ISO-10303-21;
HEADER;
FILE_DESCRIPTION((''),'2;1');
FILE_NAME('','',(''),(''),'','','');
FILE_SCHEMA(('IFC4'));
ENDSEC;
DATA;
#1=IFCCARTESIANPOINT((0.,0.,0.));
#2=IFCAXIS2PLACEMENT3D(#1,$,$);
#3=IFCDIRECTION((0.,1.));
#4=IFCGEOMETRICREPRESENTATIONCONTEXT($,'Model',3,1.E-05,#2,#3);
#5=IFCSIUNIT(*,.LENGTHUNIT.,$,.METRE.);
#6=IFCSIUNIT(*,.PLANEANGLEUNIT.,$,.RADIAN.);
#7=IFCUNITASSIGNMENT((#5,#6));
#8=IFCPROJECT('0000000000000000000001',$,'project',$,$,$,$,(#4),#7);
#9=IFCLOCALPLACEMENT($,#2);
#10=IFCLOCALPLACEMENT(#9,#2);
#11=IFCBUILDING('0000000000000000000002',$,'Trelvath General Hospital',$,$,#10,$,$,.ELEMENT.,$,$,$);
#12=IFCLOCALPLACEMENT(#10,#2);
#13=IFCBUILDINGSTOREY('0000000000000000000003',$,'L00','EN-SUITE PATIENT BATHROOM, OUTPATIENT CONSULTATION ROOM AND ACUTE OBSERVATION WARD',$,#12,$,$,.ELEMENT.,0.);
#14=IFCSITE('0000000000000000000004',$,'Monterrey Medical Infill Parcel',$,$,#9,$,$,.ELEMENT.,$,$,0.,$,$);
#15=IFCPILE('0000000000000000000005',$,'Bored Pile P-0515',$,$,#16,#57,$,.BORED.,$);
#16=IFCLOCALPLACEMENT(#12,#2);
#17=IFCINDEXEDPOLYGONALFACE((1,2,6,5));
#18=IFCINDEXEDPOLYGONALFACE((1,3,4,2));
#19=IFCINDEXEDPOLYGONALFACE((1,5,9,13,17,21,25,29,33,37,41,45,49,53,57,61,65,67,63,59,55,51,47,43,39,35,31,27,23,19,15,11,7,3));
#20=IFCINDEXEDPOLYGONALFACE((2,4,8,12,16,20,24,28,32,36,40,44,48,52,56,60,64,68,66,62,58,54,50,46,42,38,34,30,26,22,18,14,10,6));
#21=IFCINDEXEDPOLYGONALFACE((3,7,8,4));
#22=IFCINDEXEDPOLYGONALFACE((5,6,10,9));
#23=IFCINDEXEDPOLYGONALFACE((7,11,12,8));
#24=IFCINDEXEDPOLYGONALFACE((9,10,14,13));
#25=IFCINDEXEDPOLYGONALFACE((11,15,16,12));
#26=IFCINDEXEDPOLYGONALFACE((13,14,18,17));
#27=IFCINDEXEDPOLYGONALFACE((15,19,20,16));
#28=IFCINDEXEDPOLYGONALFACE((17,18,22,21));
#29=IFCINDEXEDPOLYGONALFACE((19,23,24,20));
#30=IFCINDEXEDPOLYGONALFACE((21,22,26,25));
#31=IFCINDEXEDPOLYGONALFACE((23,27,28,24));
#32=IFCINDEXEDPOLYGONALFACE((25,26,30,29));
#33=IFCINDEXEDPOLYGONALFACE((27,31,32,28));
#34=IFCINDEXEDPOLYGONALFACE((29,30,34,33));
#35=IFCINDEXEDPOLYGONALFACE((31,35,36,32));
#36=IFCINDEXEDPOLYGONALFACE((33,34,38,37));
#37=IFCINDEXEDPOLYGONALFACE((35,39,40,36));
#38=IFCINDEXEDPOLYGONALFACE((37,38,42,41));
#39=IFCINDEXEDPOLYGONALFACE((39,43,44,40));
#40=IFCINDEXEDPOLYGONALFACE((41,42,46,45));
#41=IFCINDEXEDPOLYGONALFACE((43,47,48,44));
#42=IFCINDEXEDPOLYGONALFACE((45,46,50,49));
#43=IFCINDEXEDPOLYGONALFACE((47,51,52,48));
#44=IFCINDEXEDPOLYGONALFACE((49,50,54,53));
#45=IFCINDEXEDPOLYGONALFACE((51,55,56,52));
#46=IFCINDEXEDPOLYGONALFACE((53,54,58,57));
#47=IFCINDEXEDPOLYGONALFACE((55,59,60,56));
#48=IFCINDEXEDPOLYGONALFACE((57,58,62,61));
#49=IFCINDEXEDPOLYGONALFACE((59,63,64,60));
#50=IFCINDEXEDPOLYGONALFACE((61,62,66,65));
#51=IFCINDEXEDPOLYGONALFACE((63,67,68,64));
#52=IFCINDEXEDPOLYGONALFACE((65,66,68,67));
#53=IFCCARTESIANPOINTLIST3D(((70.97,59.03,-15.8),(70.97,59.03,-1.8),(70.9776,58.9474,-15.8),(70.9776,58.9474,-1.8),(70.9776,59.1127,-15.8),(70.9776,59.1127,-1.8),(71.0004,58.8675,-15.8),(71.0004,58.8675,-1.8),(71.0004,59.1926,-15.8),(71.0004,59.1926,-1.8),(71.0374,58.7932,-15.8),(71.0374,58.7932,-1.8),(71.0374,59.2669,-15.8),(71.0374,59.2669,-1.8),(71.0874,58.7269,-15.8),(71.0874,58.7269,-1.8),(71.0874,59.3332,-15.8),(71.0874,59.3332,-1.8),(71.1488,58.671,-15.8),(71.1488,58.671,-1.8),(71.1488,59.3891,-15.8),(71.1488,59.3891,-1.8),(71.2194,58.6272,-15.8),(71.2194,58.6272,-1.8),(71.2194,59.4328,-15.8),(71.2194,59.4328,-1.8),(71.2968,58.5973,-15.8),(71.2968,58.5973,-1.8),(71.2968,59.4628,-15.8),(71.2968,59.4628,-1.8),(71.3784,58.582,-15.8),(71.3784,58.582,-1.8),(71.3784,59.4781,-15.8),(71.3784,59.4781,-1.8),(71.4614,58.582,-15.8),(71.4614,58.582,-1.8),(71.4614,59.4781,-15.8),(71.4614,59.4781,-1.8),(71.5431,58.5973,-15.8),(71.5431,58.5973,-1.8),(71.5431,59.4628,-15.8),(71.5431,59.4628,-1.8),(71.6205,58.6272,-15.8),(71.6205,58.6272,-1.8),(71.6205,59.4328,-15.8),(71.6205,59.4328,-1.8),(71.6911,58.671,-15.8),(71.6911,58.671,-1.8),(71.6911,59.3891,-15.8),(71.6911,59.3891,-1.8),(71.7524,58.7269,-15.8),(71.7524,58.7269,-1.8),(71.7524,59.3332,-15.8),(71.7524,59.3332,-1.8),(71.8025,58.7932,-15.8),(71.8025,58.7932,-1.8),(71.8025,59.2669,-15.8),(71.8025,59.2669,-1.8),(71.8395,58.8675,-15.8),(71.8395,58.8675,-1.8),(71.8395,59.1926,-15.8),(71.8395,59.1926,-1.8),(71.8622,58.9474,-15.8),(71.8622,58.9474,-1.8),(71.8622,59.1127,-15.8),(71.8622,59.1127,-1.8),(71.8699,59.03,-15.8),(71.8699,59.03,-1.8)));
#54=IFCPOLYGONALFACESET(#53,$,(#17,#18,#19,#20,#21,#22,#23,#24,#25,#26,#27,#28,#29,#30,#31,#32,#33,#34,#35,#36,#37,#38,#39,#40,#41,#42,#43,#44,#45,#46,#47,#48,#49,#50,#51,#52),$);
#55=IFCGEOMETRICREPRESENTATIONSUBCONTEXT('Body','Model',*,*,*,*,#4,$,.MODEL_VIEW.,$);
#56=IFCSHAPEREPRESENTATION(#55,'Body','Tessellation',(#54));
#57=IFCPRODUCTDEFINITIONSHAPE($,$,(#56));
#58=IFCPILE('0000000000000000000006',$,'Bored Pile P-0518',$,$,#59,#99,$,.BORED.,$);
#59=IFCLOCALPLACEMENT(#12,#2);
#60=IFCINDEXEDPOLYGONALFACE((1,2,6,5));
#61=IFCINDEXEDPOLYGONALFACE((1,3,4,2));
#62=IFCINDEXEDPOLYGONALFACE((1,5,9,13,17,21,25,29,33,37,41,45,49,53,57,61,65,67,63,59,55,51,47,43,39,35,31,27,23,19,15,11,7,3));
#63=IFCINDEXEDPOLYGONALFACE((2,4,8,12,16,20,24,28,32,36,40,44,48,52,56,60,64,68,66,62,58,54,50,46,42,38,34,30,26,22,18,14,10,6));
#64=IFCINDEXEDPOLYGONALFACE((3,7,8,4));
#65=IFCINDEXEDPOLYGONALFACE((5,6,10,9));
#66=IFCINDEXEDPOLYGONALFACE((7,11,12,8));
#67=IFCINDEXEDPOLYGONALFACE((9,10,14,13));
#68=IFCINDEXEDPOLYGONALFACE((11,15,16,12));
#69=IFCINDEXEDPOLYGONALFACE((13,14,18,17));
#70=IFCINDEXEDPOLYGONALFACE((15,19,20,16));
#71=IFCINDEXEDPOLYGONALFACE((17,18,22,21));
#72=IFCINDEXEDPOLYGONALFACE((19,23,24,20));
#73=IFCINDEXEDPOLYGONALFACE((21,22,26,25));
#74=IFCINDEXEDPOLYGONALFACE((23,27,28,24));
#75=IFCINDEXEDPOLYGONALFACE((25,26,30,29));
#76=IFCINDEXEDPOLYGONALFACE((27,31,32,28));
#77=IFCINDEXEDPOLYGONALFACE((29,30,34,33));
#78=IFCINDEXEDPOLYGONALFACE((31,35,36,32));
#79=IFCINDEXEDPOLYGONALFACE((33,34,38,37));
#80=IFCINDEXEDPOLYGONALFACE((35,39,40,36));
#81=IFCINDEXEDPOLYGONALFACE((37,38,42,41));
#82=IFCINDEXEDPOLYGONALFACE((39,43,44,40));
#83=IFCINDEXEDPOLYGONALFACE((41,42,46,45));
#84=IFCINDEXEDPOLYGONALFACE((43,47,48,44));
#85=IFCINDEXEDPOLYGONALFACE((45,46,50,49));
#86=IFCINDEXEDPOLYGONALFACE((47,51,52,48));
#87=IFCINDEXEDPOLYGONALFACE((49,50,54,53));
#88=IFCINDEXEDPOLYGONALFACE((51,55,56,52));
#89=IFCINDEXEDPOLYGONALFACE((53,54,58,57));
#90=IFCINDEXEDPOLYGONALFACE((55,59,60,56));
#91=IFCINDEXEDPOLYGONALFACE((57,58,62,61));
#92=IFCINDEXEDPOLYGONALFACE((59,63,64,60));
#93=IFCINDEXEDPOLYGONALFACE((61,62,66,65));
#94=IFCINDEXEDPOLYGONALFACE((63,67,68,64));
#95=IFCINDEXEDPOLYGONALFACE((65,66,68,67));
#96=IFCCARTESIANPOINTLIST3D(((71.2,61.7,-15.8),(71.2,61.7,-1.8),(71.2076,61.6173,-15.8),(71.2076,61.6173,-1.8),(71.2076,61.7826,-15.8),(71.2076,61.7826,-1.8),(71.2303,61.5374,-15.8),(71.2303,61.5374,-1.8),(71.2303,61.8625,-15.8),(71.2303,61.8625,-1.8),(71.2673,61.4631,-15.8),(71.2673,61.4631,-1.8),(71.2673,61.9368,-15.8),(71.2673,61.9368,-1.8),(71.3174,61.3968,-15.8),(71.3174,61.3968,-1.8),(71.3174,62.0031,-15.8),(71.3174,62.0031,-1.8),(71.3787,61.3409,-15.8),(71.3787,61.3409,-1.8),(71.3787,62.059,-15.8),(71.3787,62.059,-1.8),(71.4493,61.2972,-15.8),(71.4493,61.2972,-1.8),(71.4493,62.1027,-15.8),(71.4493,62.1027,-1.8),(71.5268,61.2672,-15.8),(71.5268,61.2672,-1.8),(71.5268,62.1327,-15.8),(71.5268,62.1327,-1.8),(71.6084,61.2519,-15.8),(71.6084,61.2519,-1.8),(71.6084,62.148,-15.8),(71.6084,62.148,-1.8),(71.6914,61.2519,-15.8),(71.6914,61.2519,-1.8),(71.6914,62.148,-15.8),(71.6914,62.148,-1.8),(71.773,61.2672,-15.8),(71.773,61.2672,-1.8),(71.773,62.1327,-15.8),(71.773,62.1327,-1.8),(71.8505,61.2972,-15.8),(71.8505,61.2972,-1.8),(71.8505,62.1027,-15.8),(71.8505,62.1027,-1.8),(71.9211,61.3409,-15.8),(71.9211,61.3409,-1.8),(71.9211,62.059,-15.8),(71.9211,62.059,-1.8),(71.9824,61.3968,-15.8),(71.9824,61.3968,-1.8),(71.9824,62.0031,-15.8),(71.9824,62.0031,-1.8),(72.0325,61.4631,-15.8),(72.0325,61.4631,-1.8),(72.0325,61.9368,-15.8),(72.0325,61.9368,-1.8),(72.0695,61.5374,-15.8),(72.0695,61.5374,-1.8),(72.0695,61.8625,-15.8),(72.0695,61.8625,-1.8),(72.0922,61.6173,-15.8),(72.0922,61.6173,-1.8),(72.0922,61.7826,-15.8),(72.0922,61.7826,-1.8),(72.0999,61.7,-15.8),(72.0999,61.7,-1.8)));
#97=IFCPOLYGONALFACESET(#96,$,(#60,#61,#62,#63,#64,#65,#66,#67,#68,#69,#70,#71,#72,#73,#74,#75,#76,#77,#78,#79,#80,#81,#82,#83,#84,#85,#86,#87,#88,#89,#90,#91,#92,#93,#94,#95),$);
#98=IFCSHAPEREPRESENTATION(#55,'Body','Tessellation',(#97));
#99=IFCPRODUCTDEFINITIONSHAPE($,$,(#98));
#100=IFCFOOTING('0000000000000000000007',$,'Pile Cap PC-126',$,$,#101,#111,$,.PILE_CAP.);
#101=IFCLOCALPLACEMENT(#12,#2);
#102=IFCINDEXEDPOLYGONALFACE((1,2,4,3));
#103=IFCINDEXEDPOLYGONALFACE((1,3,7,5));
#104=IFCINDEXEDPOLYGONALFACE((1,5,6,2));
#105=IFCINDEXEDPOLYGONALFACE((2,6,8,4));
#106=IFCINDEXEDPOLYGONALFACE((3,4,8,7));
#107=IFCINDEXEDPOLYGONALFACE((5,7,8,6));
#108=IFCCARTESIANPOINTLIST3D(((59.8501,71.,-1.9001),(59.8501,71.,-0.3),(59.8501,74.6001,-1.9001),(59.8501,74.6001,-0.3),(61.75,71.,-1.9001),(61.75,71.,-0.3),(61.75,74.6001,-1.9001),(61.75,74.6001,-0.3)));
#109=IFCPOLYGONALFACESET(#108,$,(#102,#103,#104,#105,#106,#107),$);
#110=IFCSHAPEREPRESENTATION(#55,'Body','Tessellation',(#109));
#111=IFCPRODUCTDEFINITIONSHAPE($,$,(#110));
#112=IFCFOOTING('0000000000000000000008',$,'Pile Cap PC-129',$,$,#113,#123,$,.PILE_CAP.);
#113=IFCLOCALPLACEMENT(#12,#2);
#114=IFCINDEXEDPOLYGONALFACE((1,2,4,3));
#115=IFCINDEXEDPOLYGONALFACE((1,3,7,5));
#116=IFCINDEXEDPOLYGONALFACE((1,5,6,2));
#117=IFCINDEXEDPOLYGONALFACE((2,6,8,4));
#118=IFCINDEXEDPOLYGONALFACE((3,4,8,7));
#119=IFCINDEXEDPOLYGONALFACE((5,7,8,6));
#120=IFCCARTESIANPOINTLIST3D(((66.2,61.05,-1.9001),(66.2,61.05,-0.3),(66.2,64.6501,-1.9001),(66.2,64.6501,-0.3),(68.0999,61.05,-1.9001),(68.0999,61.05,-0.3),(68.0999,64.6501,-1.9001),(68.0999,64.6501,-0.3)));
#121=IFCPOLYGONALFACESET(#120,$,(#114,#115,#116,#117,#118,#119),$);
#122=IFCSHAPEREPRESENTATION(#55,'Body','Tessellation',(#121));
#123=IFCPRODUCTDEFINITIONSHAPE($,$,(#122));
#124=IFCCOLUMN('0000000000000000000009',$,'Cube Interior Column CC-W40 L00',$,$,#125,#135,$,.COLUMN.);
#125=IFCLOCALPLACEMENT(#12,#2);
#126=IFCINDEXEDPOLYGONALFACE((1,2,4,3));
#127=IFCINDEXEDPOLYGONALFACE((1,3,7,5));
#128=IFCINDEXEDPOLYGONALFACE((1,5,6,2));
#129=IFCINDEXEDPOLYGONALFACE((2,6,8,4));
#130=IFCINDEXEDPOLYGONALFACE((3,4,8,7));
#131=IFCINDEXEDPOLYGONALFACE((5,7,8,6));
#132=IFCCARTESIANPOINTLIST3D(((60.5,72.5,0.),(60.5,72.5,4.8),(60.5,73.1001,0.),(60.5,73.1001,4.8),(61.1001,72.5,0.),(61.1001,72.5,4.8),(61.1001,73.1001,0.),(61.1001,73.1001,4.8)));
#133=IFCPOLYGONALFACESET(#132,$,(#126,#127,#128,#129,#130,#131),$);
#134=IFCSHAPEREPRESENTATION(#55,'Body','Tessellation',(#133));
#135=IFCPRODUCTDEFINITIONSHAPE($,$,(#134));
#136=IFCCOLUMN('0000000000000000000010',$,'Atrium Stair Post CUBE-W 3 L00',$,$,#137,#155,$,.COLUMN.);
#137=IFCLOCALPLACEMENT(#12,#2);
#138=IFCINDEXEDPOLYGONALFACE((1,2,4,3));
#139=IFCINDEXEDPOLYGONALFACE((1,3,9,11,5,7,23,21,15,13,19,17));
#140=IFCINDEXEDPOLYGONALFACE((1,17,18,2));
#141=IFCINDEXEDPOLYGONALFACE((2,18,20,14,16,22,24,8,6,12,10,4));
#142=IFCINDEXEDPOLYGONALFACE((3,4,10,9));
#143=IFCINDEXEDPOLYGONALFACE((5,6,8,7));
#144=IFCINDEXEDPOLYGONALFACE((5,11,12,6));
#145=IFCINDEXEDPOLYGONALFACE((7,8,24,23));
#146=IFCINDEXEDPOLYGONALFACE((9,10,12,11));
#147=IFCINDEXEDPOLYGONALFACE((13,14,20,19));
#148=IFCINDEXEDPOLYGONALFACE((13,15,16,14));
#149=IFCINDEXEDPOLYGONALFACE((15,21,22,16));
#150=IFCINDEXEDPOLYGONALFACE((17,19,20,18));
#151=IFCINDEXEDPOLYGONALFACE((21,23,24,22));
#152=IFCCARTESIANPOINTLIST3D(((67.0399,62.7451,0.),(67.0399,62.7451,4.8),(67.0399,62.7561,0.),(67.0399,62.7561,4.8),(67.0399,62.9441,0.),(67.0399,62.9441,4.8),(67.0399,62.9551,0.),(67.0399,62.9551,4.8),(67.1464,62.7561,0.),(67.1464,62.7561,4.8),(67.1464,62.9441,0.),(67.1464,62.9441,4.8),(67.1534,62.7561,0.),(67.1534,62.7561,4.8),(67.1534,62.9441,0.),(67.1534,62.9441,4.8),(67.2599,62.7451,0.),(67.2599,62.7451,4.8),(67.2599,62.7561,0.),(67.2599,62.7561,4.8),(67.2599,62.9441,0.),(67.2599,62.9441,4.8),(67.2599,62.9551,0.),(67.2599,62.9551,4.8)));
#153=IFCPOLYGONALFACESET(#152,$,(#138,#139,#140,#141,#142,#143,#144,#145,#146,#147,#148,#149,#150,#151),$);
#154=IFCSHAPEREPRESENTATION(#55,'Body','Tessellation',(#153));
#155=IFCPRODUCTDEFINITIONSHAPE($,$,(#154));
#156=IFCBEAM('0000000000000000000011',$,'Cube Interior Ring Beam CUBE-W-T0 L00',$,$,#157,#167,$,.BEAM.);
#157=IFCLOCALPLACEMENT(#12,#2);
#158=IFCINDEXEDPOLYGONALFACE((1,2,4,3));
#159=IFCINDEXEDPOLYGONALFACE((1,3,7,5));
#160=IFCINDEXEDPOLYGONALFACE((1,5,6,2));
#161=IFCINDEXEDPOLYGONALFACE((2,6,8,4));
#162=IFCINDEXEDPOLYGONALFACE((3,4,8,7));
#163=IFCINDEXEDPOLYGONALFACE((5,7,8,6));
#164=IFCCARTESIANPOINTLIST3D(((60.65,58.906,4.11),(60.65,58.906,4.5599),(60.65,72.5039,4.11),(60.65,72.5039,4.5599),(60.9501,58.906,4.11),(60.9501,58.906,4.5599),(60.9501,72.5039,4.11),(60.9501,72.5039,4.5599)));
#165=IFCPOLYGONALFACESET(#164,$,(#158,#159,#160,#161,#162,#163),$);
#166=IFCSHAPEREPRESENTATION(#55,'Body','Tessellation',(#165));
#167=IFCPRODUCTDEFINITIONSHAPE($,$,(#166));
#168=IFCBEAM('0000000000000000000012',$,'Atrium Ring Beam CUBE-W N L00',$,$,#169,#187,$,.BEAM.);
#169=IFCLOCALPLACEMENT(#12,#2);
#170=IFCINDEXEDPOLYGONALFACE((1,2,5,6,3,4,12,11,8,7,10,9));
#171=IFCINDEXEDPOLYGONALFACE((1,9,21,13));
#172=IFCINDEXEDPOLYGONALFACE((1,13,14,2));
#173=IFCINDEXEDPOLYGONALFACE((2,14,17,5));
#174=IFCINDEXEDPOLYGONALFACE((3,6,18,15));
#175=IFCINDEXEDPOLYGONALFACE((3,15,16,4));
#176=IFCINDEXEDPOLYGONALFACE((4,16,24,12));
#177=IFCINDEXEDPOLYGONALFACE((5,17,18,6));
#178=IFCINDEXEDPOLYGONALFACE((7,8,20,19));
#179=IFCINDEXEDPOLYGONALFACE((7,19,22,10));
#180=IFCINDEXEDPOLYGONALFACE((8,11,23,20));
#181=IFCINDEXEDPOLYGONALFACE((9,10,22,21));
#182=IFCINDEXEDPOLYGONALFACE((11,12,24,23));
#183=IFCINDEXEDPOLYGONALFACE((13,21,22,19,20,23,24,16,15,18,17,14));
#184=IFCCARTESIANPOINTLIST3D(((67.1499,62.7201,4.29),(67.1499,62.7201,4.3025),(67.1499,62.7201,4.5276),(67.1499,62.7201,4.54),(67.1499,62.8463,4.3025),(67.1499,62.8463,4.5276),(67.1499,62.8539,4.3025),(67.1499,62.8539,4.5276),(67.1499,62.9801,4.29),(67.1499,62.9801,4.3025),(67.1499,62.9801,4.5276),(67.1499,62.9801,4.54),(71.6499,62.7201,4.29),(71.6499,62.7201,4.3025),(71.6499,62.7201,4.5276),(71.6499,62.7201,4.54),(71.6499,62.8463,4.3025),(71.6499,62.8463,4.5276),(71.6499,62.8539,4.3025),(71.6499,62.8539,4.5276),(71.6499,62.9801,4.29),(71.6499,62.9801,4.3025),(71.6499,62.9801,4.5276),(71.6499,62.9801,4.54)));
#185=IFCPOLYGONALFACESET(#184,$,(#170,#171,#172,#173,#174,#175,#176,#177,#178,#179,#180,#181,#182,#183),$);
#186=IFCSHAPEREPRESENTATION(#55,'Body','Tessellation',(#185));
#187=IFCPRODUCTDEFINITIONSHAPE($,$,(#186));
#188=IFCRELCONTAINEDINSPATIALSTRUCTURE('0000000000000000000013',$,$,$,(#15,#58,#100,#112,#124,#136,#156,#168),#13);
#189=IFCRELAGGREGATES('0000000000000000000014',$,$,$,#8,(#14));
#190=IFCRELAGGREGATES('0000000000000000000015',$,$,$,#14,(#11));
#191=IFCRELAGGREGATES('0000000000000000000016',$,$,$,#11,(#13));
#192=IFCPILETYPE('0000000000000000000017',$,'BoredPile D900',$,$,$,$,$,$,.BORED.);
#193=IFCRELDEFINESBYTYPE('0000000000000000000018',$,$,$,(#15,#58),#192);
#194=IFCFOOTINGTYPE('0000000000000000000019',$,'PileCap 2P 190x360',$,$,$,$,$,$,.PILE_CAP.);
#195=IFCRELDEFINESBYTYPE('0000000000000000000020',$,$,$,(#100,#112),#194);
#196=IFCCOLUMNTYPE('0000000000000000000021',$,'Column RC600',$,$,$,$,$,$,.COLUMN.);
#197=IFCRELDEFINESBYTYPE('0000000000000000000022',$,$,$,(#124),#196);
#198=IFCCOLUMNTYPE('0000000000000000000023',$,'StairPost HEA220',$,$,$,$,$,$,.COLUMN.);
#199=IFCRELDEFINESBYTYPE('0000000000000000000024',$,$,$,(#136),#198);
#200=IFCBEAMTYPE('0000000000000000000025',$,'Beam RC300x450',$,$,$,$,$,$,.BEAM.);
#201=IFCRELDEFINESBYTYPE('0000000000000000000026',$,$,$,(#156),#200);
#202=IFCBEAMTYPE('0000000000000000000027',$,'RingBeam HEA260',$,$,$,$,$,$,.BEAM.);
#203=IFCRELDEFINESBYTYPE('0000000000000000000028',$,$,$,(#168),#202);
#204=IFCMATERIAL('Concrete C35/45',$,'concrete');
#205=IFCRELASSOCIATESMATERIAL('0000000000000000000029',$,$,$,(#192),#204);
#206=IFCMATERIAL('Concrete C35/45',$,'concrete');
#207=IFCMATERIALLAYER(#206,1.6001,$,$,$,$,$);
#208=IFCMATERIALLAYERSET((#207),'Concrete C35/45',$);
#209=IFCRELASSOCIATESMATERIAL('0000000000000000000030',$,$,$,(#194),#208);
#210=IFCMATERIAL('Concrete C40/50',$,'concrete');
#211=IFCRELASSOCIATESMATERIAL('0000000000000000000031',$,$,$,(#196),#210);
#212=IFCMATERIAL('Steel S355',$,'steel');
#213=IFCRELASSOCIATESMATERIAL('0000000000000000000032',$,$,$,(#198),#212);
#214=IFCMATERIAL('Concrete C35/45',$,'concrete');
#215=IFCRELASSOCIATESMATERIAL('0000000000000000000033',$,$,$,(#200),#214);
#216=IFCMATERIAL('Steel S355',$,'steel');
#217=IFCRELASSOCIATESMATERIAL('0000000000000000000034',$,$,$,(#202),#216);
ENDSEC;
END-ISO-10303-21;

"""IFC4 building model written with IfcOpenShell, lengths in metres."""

from ifc_helpers import new_model, si_unit, direction, frame, origin, origin_2d, place, context, subcontext, project, spatial, rectangle, circle, i_section, extrude, material, layer, layer_set, material_profile, profile_set, type_object, element, save


model = new_model("IFC4")

# Units and contexts
model_context = context("Model", 3, precision=1e-05, world=origin(), true_north=direction((0.0, 1.0)))
body_context = subcontext(model_context, "Body", "Model", "MODEL_VIEW")
ifc_project = project(units=[si_unit("LENGTHUNIT", "METRE"), si_unit("PLANEANGLEUNIT", "RADIAN")], contexts=[model_context])

# Site, building, storey
site_placement = place(None, origin())
site = spatial("IfcSite", under=ifc_project, at=site_placement, Name="Monterrey Medical Infill Parcel", CompositionType="ELEMENT", RefElevation=0.0)
building_placement = place(site_placement, origin())
building = spatial("IfcBuilding", under=site, at=building_placement, Name="Trelvath General Hospital", CompositionType="ELEMENT")
storey_placement = place(building_placement, origin())
storey = spatial("IfcBuildingStorey", under=building, at=storey_placement, Name="L00", Description="EN-SUITE PATIENT BATHROOM, OUTPATIENT CONSULTATION ROOM AND ACUTE OBSERVATION WARD", CompositionType="ELEMENT", Elevation=0.0)

# Piles
ifc_material_1 = material(Name="Concrete C35/45", Category="concrete")
ifc_material_profile_1 = material_profile(ifc_material_1, circle(Radius=0.45, at=origin_2d()), Name="PILE900")
ifc_profile_set_1 = profile_set([ifc_material_profile_1], Name="Concrete C35/45")
pile_type = type_object("IfcPileType", Name="BoredPile D900", PredefinedType="BORED", material=ifc_profile_set_1)
for number, where, z_axis, x_axis, name in (
    (1, (71.4199, 59.03, -1.8), (0.0, 0.0, -1.0), (1.0, 0.0, 0.0), "Bored Pile P-0515"),
    (2, (71.6499, 61.7, -1.8), (0.0, 0.0, -1.0), (1.0, 0.0, 0.0), "Bored Pile P-0518"),
):
    element("IfcPile", number, at=place(storey_placement, frame(where, z_axis=z_axis, x_axis=x_axis)), inside=storey, type_object=pile_type, Name=name, PredefinedType="BORED", context=body_context, shape_type="SweptSolid", body=[
        extrude(circle(Radius=0.45, at=origin_2d()), origin(), (0.0, 0.0, 1.0), 14.0),
    ])

# Footings
ifc_material_2 = material(Name="Concrete C35/45", Category="concrete")
ifc_layer = layer(ifc_material_2, 1.6001)
ifc_layer_set = layer_set([ifc_layer], Name="Concrete C35/45")
footing_type = type_object("IfcFootingType", Name="PileCap 2P 190x360", PredefinedType="PILE_CAP", material=ifc_layer_set)
for number, where, z_axis, x_axis, name in (
    (3, (60.8, 72.8, -1.9001), (0.0, 0.0, 1.0), (1.0, 0.0, 0.0), "Pile Cap PC-126"),
    (4, (67.1499, 62.8501, -1.9001), (0.0, 0.0, 1.0), (1.0, 0.0, 0.0), "Pile Cap PC-129"),
):
    element("IfcFooting", number, at=place(storey_placement, frame(where, z_axis=z_axis, x_axis=x_axis)), inside=storey, type_object=footing_type, Name=name, PredefinedType="PILE_CAP", context=body_context, shape_type="SweptSolid", body=[
        extrude(rectangle(XDim=1.8999, YDim=3.6001, at=origin_2d()), origin(), (0.0, 0.0, 1.0), 1.6001),
    ])

# Columns
ifc_material_3 = material(Name="Concrete C40/50", Category="concrete")
ifc_material_profile_2 = material_profile(ifc_material_3, rectangle(XDim=0.6001, YDim=0.6001, at=origin_2d()), Name="RC600x600")
ifc_profile_set_2 = profile_set([ifc_material_profile_2], Name="Concrete C40/50")
column_type_1 = type_object("IfcColumnType", Name="Column RC600", PredefinedType="COLUMN", material=ifc_profile_set_2)
column_1_placement = place(storey_placement, frame((60.8, 72.8, 0.0), z_axis=(0.0, 0.0, 1.0), x_axis=(1.0, 0.0, 0.0)))
element("IfcColumn", 5, at=column_1_placement, inside=storey, type_object=column_type_1, Name="Cube Interior Column CC-W40 L00", PredefinedType="COLUMN", context=body_context, shape_type="SweptSolid", body=[
    extrude(rectangle(XDim=0.6001, YDim=0.6001, at=origin_2d()), origin(), (0.0, 0.0, 1.0), 4.8),
])
ifc_material_4 = material(Name="Steel S355", Category="steel")
ifc_material_profile_3 = material_profile(ifc_material_4, i_section(OverallWidth=0.22, OverallDepth=0.21, WebThickness=0.0071, FlangeThickness=0.011, at=origin_2d()), Name="HEA220")
ifc_profile_set_3 = profile_set([ifc_material_profile_3], Name="Steel S355")
column_type_2 = type_object("IfcColumnType", Name="StairPost HEA220", PredefinedType="COLUMN", material=ifc_profile_set_3)
column_2_placement = place(storey_placement, frame((67.1499, 62.8501, 0.0), z_axis=(0.0, 0.0, 1.0), x_axis=(1.0, 0.0, 0.0)))
element("IfcColumn", 6, at=column_2_placement, inside=storey, type_object=column_type_2, Name="Atrium Stair Post CUBE-W 3 L00", PredefinedType="COLUMN", context=body_context, shape_type="SweptSolid", body=[
    extrude(i_section(OverallWidth=0.22, OverallDepth=0.21, WebThickness=0.0071, FlangeThickness=0.011, at=origin_2d()), origin(), (0.0, 0.0, 1.0), 4.8),
])

# Beams
ifc_material_5 = material(Name="Concrete C35/45", Category="concrete")
ifc_material_profile_4 = material_profile(ifc_material_5, rectangle(XDim=0.3, YDim=0.45, at=origin_2d()), Name="RCB300x450")
ifc_profile_set_4 = profile_set([ifc_material_profile_4], Name="Concrete C35/45")
beam_type_1 = type_object("IfcBeamType", Name="Beam RC300x450", PredefinedType="BEAM", material=ifc_profile_set_4)
beam_1_placement = place(storey_placement, frame((60.8, 58.906, 4.335), z_axis=(0.0, 1.0, 0.0), x_axis=(-1.0, 0.0, 0.0)))
element("IfcBeam", 7, at=beam_1_placement, inside=storey, type_object=beam_type_1, Name="Cube Interior Ring Beam CUBE-W-T0 L00", PredefinedType="BEAM", context=body_context, shape_type="SweptSolid", body=[
    extrude(rectangle(XDim=0.3, YDim=0.45, at=origin_2d()), origin(), (0.0, 0.0, 1.0), 13.5979),
])
ifc_material_6 = material(Name="Steel S355", Category="steel")
ifc_material_profile_5 = material_profile(ifc_material_6, i_section(OverallWidth=0.26, OverallDepth=0.25, WebThickness=0.0076, FlangeThickness=0.0125, at=origin_2d()), Name="HEA260")
ifc_profile_set_5 = profile_set([ifc_material_profile_5], Name="Steel S355")
beam_type_2 = type_object("IfcBeamType", Name="RingBeam HEA260", PredefinedType="BEAM", material=ifc_profile_set_5)
beam_2_placement = place(storey_placement, frame((67.1499, 62.8501, 4.415), z_axis=(1.0, 0.0, 0.0), x_axis=(0.0, 1.0, 0.0)))
element("IfcBeam", 8, at=beam_2_placement, inside=storey, type_object=beam_type_2, Name="Atrium Ring Beam CUBE-W N L00", PredefinedType="BEAM", context=body_context, shape_type="SweptSolid", body=[
    extrude(i_section(OverallWidth=0.26, OverallDepth=0.25, WebThickness=0.0076, FlangeThickness=0.0125, at=origin_2d()), origin(), (0.0, 0.0, 1.0), 4.5),
])

save(model, "model.ifc")
